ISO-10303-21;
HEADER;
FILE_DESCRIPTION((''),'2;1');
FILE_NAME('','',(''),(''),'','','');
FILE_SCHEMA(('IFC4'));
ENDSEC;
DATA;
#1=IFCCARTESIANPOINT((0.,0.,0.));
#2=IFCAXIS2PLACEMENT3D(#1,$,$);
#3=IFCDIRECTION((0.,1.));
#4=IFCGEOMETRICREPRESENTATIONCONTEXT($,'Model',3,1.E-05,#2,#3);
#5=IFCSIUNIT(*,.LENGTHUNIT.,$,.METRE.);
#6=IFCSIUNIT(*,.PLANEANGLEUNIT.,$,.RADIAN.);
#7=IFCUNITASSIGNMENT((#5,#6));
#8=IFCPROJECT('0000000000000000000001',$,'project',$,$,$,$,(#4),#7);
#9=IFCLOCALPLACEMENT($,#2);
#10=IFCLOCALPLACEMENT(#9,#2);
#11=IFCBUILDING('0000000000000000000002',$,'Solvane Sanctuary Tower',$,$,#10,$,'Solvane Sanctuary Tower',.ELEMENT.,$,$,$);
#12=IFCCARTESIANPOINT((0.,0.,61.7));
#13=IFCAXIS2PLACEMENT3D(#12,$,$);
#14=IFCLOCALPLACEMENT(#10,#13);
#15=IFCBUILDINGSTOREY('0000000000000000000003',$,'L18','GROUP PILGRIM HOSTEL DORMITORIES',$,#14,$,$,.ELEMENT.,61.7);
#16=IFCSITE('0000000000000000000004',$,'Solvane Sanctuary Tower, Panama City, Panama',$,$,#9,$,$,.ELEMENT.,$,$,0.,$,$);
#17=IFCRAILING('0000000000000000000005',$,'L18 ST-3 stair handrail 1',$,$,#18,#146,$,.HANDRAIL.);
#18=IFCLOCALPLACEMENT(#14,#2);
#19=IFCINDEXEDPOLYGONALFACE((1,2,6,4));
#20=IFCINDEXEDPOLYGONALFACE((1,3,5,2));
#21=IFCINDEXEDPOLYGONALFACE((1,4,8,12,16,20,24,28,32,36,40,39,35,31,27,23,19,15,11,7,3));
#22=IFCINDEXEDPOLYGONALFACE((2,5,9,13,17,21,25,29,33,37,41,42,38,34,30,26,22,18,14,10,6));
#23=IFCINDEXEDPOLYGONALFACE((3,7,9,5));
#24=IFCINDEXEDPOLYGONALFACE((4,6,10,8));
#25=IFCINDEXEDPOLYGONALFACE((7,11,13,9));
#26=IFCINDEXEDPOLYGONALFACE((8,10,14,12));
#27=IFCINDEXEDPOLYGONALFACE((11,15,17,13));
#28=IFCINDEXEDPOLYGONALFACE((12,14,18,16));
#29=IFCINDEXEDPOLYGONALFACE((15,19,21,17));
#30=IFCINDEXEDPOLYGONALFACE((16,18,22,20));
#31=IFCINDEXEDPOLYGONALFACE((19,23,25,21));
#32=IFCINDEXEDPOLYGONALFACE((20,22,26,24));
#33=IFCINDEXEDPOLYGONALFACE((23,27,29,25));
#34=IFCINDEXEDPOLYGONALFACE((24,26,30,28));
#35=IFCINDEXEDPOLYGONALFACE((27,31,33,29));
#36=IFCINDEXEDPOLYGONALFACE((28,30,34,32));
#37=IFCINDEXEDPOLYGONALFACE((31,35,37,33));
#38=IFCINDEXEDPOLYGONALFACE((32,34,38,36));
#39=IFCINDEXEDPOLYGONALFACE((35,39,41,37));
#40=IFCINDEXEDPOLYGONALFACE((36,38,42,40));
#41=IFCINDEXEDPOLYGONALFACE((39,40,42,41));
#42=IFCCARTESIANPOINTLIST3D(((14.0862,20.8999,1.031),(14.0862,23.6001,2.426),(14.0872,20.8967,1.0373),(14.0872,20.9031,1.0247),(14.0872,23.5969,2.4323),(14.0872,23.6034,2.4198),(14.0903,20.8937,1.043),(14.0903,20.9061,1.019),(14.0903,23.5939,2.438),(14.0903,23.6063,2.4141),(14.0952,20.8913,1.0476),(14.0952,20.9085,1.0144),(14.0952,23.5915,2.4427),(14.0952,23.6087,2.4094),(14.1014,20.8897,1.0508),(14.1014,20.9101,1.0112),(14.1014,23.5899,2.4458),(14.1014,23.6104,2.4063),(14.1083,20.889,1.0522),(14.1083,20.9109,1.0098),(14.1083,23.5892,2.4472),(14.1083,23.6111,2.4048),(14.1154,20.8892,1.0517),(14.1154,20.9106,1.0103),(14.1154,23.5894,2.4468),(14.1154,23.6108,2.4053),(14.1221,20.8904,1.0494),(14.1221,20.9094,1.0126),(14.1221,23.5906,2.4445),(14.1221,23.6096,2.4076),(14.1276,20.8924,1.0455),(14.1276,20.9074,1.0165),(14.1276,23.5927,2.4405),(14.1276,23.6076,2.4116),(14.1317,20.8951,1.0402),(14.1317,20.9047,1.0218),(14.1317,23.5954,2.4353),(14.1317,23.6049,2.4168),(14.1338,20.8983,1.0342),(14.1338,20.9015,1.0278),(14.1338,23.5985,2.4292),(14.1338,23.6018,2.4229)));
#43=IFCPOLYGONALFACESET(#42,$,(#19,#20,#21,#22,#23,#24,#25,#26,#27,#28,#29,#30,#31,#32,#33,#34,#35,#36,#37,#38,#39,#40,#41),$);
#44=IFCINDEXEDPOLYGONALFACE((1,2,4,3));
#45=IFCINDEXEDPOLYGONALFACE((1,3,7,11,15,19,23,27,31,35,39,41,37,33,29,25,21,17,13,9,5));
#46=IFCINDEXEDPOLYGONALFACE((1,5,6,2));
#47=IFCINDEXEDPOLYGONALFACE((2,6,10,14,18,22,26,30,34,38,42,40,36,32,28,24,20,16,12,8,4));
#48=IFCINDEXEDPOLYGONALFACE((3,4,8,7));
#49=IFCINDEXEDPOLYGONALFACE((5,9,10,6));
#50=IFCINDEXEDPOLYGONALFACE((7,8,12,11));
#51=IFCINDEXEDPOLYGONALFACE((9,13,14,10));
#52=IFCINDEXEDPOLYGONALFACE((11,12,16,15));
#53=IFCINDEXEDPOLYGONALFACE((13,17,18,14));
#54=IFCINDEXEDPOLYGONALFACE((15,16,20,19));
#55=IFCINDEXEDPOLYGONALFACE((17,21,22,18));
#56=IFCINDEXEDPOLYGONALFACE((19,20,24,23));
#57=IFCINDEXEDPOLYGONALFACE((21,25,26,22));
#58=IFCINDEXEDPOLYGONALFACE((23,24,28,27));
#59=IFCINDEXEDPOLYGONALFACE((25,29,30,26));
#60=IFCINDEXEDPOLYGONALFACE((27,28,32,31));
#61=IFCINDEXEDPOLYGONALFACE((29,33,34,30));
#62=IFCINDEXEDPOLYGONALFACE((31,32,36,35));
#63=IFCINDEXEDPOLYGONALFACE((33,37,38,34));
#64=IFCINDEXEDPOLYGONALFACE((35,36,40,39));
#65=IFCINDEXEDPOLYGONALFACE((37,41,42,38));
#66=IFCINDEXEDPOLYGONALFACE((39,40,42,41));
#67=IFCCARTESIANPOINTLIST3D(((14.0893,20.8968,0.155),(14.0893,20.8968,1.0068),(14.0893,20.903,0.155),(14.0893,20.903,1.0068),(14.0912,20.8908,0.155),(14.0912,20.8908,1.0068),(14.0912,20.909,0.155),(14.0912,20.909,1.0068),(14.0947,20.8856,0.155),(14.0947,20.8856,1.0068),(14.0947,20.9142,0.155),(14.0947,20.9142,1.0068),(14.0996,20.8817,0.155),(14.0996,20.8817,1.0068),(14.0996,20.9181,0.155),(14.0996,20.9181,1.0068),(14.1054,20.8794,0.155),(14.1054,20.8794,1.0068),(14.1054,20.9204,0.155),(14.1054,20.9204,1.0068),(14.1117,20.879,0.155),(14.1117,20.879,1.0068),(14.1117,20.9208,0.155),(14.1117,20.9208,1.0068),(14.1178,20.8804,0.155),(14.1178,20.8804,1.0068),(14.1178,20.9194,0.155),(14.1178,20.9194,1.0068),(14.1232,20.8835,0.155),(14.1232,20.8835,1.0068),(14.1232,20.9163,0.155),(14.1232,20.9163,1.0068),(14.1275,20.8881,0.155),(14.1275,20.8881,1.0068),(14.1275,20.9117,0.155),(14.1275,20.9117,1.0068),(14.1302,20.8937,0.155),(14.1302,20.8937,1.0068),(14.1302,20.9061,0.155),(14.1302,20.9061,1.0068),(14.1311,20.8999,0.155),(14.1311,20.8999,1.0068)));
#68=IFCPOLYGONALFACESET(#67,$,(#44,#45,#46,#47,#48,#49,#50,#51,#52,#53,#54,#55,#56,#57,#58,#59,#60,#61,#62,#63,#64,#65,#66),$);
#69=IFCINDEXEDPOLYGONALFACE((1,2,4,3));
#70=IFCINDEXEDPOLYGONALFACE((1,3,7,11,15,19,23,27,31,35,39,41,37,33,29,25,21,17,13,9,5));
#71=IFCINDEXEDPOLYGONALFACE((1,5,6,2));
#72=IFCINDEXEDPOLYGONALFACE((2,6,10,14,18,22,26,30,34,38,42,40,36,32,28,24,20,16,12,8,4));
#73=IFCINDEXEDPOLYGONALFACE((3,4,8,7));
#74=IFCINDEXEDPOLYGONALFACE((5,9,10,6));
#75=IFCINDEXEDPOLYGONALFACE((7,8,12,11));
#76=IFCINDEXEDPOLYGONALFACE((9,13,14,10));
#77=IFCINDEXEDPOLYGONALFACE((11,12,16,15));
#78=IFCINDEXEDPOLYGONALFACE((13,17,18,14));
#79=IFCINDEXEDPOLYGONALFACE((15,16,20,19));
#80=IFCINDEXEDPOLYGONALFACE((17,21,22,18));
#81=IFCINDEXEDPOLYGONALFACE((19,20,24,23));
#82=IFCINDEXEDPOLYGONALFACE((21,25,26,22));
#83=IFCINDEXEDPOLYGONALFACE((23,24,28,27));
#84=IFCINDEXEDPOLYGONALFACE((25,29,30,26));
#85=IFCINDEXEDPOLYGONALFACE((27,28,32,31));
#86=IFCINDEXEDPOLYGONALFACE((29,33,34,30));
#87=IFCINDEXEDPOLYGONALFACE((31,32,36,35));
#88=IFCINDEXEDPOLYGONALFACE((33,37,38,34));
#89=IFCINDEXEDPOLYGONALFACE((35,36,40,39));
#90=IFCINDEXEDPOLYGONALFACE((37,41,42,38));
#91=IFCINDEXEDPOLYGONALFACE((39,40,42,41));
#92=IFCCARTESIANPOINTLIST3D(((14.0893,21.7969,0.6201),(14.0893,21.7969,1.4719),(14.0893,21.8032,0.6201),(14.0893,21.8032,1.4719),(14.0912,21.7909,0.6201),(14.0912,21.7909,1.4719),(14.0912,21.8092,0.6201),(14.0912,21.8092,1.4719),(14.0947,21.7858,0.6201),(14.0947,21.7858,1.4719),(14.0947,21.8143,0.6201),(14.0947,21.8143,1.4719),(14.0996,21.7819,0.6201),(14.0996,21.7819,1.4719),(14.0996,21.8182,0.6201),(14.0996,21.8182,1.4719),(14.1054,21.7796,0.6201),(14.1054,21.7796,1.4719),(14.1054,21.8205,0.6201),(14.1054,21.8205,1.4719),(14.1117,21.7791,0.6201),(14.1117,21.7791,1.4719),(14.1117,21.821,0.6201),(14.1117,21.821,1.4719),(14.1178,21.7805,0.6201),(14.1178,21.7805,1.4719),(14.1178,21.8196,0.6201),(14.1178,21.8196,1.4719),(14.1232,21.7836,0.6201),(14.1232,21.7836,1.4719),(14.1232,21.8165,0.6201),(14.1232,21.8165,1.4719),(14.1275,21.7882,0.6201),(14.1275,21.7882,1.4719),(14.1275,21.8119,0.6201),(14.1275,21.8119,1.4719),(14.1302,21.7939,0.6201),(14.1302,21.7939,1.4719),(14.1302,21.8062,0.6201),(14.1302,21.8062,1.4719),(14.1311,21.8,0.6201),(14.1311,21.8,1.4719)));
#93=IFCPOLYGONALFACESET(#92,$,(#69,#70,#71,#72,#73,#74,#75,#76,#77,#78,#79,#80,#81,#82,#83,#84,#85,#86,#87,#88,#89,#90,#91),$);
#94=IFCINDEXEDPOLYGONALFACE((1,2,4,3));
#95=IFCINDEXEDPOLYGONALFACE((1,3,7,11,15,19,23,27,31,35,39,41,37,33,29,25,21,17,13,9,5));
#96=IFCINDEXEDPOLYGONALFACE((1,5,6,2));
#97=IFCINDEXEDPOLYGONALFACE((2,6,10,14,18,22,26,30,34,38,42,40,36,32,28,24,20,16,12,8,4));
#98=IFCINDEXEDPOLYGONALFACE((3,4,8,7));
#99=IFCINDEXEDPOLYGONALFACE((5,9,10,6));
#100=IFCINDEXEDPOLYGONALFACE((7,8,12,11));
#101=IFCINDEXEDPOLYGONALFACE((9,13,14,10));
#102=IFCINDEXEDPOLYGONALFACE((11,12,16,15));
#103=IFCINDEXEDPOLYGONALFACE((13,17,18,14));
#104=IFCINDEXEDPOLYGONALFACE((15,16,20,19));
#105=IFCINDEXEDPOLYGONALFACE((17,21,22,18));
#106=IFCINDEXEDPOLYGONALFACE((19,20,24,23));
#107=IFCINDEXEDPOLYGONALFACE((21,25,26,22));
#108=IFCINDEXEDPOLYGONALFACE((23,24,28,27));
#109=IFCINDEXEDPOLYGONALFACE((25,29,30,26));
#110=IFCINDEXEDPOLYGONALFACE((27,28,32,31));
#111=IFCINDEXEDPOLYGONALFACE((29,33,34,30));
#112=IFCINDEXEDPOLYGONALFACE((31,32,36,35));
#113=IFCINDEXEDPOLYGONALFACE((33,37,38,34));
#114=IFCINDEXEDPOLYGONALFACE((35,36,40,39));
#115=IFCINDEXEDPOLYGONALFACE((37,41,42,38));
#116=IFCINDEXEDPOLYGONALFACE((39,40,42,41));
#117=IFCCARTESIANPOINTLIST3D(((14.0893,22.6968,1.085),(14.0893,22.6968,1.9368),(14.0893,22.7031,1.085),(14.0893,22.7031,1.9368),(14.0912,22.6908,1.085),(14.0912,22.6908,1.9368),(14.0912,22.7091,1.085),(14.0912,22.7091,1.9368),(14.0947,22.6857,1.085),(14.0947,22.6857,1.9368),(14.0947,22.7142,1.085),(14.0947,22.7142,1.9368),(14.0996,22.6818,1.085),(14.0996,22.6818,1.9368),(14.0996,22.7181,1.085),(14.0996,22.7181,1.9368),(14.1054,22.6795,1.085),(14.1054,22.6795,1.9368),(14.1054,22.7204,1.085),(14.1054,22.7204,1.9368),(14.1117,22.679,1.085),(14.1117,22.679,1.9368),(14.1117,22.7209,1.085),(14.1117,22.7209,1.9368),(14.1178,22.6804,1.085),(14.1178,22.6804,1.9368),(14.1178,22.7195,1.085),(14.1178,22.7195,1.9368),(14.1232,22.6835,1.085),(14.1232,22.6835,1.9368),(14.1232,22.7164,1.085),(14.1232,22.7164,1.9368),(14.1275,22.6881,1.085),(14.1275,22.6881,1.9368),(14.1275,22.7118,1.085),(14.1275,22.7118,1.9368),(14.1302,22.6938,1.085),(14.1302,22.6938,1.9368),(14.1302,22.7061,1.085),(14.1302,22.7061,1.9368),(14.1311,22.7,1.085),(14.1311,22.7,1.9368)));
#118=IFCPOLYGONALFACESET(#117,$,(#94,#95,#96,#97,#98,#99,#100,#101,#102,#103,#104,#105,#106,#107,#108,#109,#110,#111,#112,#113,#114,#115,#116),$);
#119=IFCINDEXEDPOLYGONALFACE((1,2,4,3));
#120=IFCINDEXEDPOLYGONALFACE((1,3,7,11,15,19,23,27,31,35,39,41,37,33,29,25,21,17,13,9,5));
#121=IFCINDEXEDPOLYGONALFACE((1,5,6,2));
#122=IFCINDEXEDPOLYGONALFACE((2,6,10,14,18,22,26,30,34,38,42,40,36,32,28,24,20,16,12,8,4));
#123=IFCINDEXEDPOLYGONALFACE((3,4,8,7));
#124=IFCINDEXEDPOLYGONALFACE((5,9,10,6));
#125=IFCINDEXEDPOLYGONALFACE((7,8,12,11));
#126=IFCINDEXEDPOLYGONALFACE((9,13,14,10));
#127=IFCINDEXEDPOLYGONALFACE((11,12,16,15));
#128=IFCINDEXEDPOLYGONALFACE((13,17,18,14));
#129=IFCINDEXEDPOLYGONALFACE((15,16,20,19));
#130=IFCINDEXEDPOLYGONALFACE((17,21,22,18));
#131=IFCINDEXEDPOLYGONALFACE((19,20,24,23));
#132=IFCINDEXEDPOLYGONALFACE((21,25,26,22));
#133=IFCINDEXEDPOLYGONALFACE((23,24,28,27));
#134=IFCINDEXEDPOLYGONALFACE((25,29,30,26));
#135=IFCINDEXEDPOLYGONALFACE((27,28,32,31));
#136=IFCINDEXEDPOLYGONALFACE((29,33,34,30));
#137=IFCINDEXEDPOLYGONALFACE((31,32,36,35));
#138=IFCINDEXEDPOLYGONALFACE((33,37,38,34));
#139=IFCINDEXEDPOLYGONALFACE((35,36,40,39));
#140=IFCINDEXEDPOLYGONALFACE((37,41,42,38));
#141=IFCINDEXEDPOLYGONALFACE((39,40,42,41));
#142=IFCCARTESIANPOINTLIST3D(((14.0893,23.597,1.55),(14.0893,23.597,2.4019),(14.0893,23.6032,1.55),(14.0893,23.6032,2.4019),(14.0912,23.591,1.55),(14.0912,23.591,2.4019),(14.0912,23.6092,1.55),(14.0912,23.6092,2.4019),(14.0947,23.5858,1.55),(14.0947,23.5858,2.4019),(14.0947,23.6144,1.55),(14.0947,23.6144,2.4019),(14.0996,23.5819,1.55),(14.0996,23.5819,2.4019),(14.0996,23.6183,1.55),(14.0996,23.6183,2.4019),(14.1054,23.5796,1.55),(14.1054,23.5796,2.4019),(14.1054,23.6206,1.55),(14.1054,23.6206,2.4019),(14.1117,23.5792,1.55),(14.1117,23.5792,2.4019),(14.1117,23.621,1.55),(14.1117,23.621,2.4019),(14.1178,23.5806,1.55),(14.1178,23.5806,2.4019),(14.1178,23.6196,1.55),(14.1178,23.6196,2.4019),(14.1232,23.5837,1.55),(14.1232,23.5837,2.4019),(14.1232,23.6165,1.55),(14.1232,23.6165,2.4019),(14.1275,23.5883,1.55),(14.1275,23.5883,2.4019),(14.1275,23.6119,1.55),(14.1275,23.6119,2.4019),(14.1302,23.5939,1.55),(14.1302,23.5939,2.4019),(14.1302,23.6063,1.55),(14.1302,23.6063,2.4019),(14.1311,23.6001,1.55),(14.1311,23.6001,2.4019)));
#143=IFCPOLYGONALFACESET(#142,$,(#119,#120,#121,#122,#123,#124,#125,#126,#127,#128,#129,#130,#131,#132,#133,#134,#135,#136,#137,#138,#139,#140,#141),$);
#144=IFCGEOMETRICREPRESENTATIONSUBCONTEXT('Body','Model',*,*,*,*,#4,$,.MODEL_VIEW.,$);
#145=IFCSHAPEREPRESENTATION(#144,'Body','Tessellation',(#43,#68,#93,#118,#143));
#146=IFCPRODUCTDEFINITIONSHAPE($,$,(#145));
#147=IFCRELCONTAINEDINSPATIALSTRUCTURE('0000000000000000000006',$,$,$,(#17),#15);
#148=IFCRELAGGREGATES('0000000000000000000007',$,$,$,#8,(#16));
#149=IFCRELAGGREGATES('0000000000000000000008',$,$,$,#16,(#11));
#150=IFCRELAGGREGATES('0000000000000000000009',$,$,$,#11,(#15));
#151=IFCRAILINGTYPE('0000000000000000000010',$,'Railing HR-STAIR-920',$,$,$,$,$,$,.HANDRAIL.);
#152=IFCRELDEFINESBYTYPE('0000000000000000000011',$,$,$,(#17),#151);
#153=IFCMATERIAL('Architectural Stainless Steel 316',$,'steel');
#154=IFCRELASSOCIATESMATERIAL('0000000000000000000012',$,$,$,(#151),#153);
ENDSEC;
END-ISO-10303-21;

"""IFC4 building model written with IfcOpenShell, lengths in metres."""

from ifc_helpers import new_model, si_unit, direction, frame, origin, origin_2d, place, context, subcontext, project, spatial, circle, extrude, material, type_object, element, save


model = new_model("IFC4")

# Units and contexts
model_context = context("Model", 3, precision=1e-05, world=origin(), true_north=direction((0.0, 1.0)))
body_context = subcontext(model_context, "Body", "Model", "MODEL_VIEW")
ifc_project = project(units=[si_unit("LENGTHUNIT", "METRE"), si_unit("PLANEANGLEUNIT", "RADIAN")], contexts=[model_context])

# Site, building, storey
site_placement = place(None, origin())
site = spatial("IfcSite", under=ifc_project, at=site_placement, Name="Solvane Sanctuary Tower, Panama City, Panama", CompositionType="ELEMENT", RefElevation=0.0)
building_placement = place(site_placement, origin())
building = spatial("IfcBuilding", under=site, at=building_placement, Name="Solvane Sanctuary Tower", LongName="Solvane Sanctuary Tower", CompositionType="ELEMENT")
storey_placement = place(building_placement, frame((0.0, 0.0, 61.7)))
storey = spatial("IfcBuildingStorey", under=building, at=storey_placement, Name="L18", Description="GROUP PILGRIM HOSTEL DORMITORIES", CompositionType="ELEMENT", Elevation=61.7)

# Shared definitions
ifc_material_1 = material(Name="Architectural Stainless Steel 316", Category="steel")

# Railing
railing_type_1 = type_object("IfcRailingType", Name="Railing HR-STAIR-920", PredefinedType="HANDRAIL", material=ifc_material_1)
railing_1_placement = place(storey_placement, frame((14.1101, 20.8999, 0.155)))
element("IfcRailing", 1, at=railing_1_placement, inside=storey, type_object=railing_type_1, Name="L18 ST-3 stair handrail 1", PredefinedType="HANDRAIL", context=body_context, shape_type="SweptSolid", body=[
    extrude(circle(Radius=0.0239, at=origin_2d()), frame((0.0, 0.0, 0.876), z_axis=(0.0, 0.888437, 0.458999), x_axis=(-1.0, 0.0, 0.0)), (0.0, 0.0, 1.0), 3.0393),
    extrude(circle(Radius=0.021, at=origin_2d()), origin(), (0.0, 0.0, 1.0), 0.8518),
    extrude(circle(Radius=0.021, at=origin_2d()), frame((0.0, 0.9001, 0.4651)), (0.0, 0.0, 1.0), 0.8518),
    extrude(circle(Radius=0.021, at=origin_2d()), frame((0.0, 1.8, 0.9299)), (0.0, 0.0, 1.0), 0.8518),
    extrude(circle(Radius=0.021, at=origin_2d()), frame((0.0, 2.7002, 1.395)), (0.0, 0.0, 1.0), 0.8518),
])

save(model, "model.ifc")
